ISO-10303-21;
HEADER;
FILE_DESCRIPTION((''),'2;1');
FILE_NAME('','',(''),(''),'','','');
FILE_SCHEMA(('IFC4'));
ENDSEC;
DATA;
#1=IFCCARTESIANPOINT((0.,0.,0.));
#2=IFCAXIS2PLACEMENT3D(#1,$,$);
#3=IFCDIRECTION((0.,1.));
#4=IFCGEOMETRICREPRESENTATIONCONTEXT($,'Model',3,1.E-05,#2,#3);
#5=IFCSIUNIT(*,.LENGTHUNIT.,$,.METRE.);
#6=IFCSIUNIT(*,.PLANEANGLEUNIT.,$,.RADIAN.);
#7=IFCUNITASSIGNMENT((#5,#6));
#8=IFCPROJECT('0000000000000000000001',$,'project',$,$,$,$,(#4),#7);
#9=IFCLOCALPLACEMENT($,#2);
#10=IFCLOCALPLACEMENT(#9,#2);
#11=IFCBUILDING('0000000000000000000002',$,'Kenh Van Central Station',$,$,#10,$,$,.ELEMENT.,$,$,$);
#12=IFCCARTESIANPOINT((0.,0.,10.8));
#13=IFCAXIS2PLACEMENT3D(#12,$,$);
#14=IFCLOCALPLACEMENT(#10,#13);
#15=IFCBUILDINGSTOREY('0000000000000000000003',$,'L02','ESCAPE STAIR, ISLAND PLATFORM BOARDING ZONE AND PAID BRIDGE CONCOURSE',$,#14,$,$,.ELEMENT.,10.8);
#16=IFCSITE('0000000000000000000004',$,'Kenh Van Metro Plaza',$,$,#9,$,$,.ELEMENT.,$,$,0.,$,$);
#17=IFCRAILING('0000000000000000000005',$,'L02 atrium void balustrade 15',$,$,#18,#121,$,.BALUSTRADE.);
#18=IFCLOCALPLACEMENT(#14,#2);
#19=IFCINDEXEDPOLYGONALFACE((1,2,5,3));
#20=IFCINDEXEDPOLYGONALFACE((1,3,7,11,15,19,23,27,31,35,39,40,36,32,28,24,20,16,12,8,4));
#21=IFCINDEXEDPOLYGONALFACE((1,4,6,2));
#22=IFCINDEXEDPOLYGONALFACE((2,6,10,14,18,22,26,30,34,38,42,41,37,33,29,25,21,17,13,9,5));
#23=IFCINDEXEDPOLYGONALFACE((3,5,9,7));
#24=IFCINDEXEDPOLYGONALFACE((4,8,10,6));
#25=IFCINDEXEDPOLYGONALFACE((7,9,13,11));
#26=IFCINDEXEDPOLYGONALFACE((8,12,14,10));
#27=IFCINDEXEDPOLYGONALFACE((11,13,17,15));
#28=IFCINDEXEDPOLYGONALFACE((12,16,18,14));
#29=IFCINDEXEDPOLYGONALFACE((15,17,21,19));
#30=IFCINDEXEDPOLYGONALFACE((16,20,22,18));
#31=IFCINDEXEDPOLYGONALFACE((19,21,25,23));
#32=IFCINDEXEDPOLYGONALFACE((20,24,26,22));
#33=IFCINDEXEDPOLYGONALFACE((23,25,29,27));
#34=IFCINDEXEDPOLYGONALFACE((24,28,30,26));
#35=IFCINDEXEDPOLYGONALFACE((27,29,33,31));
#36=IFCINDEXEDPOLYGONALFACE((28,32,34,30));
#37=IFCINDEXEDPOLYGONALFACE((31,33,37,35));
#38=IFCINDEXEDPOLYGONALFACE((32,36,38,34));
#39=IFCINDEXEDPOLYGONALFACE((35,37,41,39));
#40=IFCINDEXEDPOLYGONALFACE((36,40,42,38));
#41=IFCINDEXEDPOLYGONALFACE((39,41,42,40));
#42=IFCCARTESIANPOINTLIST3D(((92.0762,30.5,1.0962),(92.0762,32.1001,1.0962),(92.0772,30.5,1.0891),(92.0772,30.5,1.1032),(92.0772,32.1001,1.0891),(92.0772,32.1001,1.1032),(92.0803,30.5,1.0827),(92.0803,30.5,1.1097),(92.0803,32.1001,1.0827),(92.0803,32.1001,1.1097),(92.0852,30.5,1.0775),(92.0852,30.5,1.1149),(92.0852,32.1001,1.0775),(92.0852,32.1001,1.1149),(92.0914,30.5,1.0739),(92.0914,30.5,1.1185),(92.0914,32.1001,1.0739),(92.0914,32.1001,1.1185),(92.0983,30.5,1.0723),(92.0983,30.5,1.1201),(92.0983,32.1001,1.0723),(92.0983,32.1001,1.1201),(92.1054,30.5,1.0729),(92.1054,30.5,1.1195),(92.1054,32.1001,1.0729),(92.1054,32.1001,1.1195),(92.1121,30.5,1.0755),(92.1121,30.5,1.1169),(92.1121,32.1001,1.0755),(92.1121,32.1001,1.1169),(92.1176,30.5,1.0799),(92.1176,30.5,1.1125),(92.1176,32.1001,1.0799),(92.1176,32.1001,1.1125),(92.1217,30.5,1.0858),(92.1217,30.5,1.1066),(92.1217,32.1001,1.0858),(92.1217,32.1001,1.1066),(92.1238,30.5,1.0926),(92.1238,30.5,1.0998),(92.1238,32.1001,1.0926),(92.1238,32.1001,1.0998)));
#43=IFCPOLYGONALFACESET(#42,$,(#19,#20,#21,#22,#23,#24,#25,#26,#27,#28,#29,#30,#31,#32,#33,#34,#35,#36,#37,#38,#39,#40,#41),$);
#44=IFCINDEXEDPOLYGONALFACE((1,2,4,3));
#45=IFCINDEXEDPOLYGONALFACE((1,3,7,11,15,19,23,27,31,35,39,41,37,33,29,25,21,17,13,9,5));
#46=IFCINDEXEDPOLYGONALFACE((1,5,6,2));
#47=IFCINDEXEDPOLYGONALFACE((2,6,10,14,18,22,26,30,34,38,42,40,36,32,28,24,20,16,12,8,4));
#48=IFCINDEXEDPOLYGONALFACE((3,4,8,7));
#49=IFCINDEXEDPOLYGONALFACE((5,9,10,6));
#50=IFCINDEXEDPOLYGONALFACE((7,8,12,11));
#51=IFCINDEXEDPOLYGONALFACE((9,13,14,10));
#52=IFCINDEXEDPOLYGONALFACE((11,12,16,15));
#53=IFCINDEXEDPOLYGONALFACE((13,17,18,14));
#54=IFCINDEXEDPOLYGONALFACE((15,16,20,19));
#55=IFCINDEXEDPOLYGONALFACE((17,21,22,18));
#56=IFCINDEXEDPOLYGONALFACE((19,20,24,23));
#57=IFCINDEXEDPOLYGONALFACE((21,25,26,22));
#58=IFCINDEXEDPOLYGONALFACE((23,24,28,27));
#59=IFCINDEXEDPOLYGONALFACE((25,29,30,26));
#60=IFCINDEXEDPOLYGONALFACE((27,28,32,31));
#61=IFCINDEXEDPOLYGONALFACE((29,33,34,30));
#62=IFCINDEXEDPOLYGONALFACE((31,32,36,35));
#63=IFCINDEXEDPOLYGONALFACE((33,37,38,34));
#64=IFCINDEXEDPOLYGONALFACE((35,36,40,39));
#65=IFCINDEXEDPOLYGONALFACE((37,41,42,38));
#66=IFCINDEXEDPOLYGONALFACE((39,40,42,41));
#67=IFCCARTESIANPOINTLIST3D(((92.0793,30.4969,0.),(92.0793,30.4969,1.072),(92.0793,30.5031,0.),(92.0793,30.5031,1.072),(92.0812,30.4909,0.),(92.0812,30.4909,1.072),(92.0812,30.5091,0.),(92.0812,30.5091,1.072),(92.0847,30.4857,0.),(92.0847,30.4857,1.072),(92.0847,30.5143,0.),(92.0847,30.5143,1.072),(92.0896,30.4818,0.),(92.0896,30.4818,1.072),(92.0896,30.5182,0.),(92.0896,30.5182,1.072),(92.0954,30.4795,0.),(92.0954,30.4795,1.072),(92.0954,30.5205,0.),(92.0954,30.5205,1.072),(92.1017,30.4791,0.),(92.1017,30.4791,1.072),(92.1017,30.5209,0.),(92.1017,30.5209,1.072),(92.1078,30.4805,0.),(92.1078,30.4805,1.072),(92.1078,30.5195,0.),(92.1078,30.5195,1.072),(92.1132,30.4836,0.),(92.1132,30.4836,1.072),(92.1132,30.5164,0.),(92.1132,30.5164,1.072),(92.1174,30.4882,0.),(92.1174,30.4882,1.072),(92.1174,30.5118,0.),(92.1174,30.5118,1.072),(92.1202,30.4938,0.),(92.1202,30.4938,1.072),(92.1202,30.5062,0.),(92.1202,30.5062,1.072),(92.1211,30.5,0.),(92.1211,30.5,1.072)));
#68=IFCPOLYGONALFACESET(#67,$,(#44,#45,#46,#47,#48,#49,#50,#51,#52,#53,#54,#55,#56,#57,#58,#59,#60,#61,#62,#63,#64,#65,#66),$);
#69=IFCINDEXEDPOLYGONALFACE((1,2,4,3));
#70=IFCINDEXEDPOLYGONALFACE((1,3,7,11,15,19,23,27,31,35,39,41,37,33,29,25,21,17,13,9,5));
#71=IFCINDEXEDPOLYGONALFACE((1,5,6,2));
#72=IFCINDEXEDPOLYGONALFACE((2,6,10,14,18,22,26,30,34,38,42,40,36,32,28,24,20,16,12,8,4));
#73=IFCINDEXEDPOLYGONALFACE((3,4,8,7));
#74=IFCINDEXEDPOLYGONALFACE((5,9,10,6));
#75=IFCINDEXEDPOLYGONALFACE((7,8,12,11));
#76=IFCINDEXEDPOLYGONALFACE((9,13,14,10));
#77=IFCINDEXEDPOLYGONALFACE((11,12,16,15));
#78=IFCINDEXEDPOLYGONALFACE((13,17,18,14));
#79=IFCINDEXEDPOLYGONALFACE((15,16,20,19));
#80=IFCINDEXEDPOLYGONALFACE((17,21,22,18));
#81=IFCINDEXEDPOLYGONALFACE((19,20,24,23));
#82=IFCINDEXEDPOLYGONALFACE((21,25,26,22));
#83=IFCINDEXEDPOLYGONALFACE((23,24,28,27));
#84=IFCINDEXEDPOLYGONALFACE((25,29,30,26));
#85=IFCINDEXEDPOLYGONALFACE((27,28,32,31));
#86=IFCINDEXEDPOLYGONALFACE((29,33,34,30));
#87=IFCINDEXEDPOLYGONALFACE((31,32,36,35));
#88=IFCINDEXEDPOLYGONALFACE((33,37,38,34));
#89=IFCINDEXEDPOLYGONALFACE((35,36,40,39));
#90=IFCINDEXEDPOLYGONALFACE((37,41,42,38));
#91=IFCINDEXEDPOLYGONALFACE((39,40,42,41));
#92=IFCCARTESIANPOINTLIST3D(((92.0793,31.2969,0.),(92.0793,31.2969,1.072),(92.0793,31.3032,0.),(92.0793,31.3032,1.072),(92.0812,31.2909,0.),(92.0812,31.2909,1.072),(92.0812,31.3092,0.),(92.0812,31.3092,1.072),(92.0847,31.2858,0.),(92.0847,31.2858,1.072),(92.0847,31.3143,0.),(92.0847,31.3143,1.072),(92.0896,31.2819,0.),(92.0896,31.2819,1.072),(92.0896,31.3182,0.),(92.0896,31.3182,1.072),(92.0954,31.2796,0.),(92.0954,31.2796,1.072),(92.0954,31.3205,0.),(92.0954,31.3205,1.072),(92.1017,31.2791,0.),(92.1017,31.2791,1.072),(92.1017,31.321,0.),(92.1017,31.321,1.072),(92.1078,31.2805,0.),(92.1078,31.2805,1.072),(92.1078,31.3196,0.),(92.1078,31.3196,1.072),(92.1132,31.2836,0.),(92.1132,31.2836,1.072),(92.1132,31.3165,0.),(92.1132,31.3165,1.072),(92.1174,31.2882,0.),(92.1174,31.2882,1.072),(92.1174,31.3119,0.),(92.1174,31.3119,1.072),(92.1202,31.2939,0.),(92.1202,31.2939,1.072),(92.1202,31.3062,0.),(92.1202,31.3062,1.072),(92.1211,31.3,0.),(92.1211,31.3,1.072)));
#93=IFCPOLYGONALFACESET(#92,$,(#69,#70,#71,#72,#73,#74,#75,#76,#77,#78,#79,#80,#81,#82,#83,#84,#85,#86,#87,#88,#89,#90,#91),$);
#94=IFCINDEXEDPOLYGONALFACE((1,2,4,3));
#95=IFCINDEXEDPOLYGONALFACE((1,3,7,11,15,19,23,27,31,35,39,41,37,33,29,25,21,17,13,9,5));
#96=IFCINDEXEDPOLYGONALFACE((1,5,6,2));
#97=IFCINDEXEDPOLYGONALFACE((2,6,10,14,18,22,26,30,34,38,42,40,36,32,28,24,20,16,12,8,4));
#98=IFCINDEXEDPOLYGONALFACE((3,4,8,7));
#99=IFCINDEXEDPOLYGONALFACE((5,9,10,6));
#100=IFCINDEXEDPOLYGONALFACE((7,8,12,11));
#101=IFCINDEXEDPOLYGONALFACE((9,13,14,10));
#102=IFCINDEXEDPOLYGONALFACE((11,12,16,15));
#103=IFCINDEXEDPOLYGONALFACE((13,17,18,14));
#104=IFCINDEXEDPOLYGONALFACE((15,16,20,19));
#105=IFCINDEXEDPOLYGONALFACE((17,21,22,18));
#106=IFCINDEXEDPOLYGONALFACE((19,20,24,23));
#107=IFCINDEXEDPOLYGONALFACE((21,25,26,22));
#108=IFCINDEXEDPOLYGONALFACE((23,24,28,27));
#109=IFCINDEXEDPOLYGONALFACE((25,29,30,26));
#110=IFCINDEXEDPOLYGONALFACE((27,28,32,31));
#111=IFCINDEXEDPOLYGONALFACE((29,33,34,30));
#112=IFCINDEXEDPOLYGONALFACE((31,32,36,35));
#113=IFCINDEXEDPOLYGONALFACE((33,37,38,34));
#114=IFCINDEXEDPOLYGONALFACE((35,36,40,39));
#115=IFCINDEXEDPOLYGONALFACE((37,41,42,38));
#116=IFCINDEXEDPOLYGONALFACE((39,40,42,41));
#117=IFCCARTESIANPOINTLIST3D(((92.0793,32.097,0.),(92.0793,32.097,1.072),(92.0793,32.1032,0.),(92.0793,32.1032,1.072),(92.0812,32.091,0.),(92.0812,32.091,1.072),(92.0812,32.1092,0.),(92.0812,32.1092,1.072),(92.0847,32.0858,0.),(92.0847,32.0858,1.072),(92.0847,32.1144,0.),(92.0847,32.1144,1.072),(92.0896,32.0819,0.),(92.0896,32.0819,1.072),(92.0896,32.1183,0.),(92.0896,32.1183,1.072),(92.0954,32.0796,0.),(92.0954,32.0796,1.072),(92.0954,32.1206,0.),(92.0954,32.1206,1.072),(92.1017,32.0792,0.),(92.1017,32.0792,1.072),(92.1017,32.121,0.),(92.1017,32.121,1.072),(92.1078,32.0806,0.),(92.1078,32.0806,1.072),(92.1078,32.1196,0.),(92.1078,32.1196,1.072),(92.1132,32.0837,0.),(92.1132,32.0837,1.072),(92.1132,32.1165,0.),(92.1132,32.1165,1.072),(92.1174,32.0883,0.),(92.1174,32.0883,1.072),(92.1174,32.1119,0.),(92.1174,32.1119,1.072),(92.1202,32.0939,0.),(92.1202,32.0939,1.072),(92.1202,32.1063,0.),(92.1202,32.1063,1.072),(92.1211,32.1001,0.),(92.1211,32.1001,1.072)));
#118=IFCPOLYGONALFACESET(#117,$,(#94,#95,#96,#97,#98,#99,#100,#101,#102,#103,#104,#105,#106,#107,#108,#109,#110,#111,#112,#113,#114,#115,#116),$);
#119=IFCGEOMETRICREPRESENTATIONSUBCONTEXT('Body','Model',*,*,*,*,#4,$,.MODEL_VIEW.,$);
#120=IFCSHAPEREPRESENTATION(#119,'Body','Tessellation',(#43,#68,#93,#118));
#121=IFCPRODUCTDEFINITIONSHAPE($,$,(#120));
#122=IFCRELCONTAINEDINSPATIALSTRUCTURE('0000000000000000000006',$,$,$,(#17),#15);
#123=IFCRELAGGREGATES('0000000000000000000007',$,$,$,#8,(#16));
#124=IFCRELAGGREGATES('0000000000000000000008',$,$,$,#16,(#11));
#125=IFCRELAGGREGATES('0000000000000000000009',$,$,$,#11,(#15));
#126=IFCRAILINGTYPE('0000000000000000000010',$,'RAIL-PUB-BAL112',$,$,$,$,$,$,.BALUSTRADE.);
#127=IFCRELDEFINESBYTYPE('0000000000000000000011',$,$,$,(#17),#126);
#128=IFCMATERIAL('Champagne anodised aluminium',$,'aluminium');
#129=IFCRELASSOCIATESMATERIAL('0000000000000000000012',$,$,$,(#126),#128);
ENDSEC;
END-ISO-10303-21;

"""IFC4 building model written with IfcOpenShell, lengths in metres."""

from ifc_helpers import new_model, si_unit, direction, frame, origin, origin_2d, place, context, subcontext, project, spatial, circle, extrude, material, type_object, element, save


model = new_model("IFC4")

# Units and contexts
model_context = context("Model", 3, precision=1e-05, world=origin(), true_north=direction((0.0, 1.0)))
body_context = subcontext(model_context, "Body", "Model", "MODEL_VIEW")
ifc_project = project(units=[si_unit("LENGTHUNIT", "METRE"), si_unit("PLANEANGLEUNIT", "RADIAN")], contexts=[model_context])

# Site, building, storey
site_placement = place(None, origin())
site = spatial("IfcSite", under=ifc_project, at=site_placement, Name="Kenh Van Metro Plaza", CompositionType="ELEMENT", RefElevation=0.0)
building_placement = place(site_placement, origin())
building = spatial("IfcBuilding", under=site, at=building_placement, Name="Kenh Van Central Station", CompositionType="ELEMENT")
storey_placement = place(building_placement, frame((0.0, 0.0, 10.8)))
storey = spatial("IfcBuildingStorey", under=building, at=storey_placement, Name="L02", Description="ESCAPE STAIR, ISLAND PLATFORM BOARDING ZONE AND PAID BRIDGE CONCOURSE", CompositionType="ELEMENT", Elevation=10.8)

# Shared definitions
ifc_material_1 = material(Name="Champagne anodised aluminium", Category="aluminium")

# Railing
railing_type_1 = type_object("IfcRailingType", Name="RAIL-PUB-BAL112", PredefinedType="BALUSTRADE", material=ifc_material_1)
railing_1_placement = place(storey_placement, frame((92.1001, 30.5, 0.0)))
element("IfcRailing", 1, at=railing_1_placement, inside=storey, type_object=railing_type_1, Name="L02 atrium void balustrade 15", PredefinedType="BALUSTRADE", context=body_context, shape_type="SweptSolid", body=[
    extrude(circle(Radius=0.0239, at=origin_2d()), frame((0.0, 0.0, 1.0962), z_axis=(0.0, 1.0, 0.0), x_axis=(-1.0, 0.0, 0.0)), (0.0, 0.0, 1.0), 1.6001),
    extrude(circle(Radius=0.021, at=origin_2d()), origin(), (0.0, 0.0, 1.0), 1.072),
    extrude(circle(Radius=0.021, at=origin_2d()), frame((0.0, 0.8, 0.0)), (0.0, 0.0, 1.0), 1.072),
    extrude(circle(Radius=0.021, at=origin_2d()), frame((0.0, 1.6001, 0.0)), (0.0, 0.0, 1.0), 1.072),
])

save(model, "model.ifc")
